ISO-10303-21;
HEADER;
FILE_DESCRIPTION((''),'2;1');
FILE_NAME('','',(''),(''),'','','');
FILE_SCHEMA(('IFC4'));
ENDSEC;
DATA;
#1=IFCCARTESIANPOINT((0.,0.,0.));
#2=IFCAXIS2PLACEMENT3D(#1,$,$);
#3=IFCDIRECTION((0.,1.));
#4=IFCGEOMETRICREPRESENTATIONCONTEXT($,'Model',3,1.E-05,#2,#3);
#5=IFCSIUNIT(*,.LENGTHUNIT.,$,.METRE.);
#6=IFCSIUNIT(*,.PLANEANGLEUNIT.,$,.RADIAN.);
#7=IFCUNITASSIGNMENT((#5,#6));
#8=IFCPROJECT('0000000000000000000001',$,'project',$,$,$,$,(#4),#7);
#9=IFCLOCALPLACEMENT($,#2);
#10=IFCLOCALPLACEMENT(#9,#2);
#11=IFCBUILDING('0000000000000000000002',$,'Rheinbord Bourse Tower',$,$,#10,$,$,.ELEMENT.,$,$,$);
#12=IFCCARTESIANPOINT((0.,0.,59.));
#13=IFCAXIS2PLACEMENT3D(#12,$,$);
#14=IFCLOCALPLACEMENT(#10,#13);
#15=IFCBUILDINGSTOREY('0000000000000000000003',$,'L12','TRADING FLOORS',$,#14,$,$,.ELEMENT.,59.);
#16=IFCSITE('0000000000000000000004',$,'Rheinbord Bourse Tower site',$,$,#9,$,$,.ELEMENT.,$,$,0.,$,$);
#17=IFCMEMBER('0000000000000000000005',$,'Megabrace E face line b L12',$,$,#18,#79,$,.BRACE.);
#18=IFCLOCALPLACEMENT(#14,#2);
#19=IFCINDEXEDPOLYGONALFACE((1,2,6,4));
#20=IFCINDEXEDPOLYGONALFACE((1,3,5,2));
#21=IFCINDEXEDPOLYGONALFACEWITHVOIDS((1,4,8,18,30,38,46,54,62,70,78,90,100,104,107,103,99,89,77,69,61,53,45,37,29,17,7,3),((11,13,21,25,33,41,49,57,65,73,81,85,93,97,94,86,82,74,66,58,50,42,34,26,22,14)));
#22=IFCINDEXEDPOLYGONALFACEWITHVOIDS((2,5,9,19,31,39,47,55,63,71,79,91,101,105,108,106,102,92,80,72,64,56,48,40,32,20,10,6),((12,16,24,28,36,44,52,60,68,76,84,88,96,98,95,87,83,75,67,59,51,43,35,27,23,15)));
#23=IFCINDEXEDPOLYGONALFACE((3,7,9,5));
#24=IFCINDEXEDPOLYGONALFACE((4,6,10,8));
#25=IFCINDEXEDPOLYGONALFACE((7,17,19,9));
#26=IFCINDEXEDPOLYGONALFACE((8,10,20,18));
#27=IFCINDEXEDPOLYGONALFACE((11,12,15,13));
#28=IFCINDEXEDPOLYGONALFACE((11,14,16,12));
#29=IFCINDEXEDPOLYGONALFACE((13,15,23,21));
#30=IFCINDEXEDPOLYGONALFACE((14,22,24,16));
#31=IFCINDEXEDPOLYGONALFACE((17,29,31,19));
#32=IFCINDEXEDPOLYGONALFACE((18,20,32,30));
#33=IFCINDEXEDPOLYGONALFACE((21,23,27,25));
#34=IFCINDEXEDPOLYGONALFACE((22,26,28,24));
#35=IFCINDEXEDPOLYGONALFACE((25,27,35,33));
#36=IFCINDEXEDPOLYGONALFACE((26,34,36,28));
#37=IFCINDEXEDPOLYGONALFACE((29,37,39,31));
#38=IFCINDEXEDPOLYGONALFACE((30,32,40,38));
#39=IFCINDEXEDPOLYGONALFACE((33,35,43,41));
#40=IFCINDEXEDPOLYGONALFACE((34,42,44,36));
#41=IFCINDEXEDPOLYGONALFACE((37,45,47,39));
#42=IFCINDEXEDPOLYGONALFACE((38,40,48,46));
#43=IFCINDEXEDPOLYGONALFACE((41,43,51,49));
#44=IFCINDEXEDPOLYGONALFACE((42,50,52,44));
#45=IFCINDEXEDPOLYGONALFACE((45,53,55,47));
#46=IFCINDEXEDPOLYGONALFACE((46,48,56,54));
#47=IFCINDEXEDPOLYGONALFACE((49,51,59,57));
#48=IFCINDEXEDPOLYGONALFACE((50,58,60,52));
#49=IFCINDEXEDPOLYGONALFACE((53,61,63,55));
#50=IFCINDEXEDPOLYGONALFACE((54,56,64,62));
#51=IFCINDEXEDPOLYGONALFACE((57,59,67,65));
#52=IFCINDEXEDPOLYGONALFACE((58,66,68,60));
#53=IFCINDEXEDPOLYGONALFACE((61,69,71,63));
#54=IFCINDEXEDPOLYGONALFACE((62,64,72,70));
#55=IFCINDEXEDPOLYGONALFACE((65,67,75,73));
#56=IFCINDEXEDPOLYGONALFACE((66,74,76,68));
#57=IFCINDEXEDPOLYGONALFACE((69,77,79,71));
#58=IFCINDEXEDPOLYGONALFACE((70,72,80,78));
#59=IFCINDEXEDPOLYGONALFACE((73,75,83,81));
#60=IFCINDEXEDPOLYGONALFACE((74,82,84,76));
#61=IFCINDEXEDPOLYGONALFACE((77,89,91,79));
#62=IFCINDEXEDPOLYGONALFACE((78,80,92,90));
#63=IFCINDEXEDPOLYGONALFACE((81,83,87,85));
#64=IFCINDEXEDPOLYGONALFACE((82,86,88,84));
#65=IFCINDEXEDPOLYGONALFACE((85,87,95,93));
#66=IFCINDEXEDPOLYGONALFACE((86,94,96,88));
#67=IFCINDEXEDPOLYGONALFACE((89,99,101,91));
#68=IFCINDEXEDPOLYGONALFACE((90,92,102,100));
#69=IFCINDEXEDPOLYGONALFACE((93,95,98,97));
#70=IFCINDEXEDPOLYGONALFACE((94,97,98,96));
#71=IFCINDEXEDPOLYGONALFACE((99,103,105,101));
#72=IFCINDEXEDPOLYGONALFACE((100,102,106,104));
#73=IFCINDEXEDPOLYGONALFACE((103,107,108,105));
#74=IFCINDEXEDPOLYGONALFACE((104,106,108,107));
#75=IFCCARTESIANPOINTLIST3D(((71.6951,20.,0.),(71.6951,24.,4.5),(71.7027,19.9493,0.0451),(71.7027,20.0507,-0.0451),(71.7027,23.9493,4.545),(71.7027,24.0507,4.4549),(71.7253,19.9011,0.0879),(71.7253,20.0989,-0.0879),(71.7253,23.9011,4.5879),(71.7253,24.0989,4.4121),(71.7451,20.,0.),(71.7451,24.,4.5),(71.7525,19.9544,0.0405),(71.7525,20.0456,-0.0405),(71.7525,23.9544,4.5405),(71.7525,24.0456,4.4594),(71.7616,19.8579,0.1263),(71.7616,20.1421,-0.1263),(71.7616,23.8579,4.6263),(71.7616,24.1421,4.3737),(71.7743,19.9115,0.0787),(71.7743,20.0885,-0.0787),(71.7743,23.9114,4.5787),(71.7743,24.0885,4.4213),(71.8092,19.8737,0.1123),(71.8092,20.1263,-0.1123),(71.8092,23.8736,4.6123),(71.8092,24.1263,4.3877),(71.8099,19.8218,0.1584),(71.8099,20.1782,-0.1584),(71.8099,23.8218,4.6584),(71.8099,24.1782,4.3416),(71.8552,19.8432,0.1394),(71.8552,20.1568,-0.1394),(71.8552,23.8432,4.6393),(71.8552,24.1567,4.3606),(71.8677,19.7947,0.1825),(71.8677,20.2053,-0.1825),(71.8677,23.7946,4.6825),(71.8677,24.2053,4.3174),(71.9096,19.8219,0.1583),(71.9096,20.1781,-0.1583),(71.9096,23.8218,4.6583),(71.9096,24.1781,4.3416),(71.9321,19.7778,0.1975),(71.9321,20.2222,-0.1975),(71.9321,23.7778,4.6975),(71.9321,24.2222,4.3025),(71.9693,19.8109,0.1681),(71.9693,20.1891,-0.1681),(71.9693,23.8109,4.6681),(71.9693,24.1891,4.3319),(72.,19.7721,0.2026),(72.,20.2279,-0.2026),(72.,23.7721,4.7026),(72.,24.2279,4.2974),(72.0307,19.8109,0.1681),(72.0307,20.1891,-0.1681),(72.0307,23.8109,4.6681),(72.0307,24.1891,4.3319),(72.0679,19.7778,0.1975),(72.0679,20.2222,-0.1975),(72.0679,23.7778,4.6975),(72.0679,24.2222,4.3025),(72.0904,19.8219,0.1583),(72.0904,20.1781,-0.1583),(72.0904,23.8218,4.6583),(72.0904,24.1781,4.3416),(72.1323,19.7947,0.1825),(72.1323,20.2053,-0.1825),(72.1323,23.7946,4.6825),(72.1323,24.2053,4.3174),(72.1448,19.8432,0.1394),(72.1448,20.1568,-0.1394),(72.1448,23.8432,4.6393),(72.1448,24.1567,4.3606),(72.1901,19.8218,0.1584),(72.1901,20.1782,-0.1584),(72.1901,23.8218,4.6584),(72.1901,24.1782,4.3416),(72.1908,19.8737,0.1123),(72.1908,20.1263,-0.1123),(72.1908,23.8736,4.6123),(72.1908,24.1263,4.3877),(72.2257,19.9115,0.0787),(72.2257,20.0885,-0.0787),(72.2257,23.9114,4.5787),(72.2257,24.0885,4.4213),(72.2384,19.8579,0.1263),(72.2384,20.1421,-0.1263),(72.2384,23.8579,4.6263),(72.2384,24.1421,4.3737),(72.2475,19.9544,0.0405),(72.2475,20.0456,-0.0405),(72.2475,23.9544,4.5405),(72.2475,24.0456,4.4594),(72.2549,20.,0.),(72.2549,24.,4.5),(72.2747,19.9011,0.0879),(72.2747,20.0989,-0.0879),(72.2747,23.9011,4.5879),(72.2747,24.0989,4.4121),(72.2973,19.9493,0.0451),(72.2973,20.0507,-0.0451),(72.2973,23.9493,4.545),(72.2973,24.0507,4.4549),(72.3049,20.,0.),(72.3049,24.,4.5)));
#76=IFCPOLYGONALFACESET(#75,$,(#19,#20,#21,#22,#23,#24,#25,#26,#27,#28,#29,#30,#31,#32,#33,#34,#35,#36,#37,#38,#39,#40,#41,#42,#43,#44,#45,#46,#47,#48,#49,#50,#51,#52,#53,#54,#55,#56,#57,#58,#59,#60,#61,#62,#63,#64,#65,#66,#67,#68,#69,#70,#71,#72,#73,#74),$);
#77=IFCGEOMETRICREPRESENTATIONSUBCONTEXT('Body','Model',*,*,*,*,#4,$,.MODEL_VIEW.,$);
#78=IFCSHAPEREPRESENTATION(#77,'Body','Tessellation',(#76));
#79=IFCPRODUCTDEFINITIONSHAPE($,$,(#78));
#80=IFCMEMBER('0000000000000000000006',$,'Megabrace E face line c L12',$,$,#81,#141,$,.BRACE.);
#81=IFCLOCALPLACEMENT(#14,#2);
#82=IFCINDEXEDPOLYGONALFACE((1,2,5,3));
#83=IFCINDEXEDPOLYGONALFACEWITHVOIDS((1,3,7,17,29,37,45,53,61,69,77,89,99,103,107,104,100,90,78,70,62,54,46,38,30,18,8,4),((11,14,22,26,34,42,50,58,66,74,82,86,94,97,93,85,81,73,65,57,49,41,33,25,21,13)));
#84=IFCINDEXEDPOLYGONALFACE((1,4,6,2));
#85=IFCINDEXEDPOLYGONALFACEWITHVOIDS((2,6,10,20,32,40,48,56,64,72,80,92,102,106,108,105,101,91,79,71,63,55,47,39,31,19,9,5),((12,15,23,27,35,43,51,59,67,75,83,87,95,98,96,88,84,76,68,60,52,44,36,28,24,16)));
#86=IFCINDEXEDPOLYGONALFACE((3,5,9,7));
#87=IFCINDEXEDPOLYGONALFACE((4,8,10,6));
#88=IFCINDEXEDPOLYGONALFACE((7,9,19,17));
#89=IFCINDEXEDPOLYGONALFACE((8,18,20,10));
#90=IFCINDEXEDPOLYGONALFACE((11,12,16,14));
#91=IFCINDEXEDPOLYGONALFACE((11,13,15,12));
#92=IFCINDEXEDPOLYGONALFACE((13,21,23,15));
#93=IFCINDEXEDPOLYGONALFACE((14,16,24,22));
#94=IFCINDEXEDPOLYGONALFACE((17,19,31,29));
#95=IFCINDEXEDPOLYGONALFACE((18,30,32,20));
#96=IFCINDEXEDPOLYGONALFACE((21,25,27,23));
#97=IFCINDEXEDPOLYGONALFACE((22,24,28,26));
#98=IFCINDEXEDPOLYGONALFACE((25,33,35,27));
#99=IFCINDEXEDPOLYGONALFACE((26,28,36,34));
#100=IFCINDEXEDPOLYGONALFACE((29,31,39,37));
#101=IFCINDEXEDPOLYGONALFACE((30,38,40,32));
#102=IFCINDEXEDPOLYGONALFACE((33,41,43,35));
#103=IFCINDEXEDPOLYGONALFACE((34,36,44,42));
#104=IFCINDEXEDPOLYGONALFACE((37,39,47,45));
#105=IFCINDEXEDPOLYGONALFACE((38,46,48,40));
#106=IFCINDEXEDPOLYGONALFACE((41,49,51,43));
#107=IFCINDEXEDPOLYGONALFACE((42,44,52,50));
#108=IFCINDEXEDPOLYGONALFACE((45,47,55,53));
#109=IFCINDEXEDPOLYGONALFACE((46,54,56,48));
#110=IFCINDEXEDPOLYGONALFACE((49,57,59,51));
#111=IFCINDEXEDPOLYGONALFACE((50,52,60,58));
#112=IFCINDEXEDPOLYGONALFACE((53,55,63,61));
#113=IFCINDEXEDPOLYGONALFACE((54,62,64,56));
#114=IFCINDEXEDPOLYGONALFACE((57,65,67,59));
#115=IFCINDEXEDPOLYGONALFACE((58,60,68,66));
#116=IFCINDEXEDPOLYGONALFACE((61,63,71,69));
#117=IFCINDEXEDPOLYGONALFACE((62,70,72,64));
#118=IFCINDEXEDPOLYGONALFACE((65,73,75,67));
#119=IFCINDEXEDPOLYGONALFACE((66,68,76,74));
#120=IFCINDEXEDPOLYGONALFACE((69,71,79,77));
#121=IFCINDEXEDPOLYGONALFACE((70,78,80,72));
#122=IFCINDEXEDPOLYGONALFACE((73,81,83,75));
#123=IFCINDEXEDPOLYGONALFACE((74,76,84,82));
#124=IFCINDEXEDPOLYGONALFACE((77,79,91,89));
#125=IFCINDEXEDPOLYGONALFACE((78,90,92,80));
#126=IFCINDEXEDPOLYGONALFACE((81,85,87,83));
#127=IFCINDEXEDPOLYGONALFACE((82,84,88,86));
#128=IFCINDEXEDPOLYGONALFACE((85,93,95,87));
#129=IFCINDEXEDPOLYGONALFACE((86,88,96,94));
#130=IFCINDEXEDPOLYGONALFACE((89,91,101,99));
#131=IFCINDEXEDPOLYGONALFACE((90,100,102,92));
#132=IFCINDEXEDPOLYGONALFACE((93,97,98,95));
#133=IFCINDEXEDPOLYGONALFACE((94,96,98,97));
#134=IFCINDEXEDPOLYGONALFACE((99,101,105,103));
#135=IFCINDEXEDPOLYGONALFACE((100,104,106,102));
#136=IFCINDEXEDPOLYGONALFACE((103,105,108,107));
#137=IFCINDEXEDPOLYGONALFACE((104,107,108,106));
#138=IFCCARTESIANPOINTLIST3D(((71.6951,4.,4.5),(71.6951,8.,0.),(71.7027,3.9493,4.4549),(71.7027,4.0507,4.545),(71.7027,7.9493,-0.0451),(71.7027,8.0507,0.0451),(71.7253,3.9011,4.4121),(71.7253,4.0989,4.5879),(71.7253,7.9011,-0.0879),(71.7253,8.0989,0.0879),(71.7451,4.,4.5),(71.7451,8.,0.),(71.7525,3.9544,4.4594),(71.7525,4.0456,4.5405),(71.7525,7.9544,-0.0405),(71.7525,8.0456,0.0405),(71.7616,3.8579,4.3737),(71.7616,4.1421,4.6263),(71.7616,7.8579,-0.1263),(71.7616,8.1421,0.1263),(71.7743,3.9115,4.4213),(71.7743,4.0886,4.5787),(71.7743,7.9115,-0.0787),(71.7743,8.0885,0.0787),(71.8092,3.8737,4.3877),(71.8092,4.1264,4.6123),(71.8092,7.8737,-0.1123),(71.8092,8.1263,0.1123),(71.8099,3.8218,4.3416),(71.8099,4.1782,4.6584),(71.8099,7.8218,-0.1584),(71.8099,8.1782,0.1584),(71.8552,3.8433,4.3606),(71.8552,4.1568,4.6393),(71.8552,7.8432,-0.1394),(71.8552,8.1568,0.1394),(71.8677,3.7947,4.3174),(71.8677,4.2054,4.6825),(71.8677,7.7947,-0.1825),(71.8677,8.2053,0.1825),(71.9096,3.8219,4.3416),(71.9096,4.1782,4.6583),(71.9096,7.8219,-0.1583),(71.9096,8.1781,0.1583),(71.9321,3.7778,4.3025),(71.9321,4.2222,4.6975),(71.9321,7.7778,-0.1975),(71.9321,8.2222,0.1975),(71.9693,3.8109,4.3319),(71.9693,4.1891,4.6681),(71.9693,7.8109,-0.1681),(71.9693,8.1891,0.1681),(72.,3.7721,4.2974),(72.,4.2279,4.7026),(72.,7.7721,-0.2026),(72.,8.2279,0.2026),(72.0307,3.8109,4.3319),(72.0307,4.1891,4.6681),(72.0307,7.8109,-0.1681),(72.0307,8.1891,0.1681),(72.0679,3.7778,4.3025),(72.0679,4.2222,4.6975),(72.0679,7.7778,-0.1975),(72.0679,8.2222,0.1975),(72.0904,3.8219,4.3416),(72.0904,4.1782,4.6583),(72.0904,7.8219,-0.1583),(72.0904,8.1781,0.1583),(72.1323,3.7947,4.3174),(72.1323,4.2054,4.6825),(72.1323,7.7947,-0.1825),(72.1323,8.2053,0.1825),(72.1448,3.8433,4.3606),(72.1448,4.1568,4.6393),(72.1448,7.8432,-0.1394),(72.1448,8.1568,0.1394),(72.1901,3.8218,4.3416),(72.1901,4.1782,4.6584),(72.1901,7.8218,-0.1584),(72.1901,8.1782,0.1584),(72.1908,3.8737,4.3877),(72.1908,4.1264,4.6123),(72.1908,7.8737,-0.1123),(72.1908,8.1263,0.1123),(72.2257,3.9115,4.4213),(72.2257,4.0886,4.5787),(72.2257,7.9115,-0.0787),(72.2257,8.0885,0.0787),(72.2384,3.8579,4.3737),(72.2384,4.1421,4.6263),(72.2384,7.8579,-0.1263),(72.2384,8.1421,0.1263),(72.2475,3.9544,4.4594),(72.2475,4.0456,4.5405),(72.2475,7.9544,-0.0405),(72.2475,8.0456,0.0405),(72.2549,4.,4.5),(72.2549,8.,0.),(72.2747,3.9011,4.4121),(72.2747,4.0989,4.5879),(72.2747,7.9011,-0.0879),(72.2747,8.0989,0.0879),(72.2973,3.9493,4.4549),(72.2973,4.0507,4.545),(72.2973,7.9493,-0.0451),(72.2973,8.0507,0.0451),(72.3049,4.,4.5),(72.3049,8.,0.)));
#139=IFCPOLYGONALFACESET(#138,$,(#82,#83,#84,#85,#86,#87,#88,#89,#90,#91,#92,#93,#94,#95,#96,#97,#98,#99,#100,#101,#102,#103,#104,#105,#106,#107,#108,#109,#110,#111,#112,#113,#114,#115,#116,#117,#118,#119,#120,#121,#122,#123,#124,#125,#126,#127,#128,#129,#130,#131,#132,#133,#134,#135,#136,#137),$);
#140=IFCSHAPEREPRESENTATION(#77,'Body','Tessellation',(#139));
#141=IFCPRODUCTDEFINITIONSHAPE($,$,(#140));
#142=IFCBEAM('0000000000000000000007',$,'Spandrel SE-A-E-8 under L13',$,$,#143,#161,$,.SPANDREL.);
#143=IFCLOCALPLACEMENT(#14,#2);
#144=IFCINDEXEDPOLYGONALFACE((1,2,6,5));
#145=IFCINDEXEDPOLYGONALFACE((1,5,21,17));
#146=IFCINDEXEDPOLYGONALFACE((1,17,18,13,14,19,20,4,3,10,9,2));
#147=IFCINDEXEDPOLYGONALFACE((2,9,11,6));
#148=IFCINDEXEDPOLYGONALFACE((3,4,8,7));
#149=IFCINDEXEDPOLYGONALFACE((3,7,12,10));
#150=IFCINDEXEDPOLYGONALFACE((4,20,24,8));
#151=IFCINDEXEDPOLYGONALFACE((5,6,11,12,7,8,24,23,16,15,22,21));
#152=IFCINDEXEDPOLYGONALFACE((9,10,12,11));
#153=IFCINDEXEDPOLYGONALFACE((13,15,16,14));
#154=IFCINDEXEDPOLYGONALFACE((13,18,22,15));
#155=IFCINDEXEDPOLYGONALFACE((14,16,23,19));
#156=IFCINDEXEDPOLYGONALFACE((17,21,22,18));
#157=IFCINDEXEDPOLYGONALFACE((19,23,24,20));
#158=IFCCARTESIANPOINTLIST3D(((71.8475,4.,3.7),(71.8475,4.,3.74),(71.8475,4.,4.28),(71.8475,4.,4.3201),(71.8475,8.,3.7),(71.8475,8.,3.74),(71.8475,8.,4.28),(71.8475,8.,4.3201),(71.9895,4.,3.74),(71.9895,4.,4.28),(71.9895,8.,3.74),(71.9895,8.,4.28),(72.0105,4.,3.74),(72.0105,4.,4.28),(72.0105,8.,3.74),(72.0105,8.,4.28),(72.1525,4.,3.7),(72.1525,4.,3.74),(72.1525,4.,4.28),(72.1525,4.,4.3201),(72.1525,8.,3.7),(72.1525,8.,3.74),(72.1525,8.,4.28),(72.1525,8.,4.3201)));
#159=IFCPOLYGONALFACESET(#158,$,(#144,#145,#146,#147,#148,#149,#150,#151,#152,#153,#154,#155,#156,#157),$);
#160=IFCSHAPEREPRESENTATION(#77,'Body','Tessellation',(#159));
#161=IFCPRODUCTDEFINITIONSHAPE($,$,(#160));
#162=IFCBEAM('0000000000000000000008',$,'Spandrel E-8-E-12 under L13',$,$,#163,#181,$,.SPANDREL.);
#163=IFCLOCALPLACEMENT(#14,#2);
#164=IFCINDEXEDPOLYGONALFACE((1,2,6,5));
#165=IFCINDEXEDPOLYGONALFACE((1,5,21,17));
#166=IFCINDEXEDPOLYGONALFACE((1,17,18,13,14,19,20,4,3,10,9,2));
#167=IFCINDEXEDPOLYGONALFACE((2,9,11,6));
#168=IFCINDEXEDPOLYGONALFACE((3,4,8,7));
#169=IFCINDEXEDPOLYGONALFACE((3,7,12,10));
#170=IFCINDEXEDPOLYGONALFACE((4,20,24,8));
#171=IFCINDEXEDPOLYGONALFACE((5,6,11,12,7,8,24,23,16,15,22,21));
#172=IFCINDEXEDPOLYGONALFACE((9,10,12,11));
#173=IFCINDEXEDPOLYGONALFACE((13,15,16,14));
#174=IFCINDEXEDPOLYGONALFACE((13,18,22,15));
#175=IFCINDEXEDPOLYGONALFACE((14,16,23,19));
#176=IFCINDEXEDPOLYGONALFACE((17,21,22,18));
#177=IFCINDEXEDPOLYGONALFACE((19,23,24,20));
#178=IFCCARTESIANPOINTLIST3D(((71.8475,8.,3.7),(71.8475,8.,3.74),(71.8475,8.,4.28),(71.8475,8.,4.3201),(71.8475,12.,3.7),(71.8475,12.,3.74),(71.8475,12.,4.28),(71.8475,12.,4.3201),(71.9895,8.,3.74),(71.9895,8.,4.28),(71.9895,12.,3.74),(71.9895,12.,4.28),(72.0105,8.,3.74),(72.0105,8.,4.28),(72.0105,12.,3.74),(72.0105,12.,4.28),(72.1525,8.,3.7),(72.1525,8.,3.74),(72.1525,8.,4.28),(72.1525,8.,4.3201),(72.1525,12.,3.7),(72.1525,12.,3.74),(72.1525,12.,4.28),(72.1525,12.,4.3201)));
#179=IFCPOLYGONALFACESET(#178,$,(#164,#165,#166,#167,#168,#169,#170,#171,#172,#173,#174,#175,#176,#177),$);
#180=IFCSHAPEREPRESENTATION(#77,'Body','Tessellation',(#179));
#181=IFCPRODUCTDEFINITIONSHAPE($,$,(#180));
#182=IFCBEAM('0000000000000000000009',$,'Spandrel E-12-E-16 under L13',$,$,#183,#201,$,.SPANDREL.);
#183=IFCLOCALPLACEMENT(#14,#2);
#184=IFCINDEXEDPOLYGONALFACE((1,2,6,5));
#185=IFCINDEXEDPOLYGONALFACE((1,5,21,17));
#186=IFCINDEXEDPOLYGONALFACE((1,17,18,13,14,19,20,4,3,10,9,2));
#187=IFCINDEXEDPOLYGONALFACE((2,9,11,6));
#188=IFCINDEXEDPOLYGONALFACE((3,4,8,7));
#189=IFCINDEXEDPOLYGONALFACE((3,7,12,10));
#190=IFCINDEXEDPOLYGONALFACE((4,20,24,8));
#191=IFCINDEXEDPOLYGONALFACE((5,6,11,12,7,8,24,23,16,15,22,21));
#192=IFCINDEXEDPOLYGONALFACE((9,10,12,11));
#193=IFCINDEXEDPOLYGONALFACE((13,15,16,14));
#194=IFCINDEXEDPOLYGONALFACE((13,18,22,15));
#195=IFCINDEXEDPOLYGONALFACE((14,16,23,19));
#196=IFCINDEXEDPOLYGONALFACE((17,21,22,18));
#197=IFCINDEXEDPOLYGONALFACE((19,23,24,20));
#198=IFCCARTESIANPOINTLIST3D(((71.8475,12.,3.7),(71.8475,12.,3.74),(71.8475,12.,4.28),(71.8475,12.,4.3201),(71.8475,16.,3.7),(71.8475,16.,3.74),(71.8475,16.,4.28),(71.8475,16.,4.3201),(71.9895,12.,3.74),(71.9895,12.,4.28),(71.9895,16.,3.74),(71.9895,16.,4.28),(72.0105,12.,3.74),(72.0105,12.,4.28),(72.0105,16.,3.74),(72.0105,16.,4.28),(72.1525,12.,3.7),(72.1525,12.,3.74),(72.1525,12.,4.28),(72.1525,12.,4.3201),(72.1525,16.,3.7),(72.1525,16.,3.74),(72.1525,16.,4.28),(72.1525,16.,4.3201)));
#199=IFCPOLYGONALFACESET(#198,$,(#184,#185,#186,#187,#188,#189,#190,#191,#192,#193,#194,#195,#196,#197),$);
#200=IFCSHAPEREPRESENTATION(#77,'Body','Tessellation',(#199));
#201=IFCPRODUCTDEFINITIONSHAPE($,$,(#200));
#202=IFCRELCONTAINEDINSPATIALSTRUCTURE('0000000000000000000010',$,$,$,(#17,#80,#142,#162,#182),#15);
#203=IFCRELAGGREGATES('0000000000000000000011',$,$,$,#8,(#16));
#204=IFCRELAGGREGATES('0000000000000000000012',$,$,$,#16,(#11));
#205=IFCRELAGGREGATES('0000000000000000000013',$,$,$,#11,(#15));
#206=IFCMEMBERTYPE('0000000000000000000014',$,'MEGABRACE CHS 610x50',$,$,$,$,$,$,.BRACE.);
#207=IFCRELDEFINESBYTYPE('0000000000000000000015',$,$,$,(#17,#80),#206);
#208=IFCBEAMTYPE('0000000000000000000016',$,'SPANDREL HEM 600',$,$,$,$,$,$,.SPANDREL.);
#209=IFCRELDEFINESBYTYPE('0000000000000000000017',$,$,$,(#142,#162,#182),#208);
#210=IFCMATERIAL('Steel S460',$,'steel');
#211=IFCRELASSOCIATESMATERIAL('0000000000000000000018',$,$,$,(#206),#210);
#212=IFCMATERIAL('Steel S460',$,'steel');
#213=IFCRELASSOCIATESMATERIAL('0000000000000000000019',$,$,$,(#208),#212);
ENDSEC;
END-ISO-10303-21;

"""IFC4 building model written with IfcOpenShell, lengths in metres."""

from ifc_helpers import new_model, si_unit, direction, frame, origin, origin_2d, place, context, subcontext, project, spatial, hollow_circle, i_section, extrude, material, material_profile, profile_set, type_object, element, save


model = new_model("IFC4")

# Units and contexts
model_context = context("Model", 3, precision=1e-05, world=origin(), true_north=direction((0.0, 1.0)))
body_context = subcontext(model_context, "Body", "Model", "MODEL_VIEW")
ifc_project = project(units=[si_unit("LENGTHUNIT", "METRE"), si_unit("PLANEANGLEUNIT", "RADIAN")], contexts=[model_context])

# Site, building, storey
site_placement = place(None, origin())
site = spatial("IfcSite", under=ifc_project, at=site_placement, Name="Rheinbord Bourse Tower site", CompositionType="ELEMENT", RefElevation=0.0)
building_placement = place(site_placement, origin())
building = spatial("IfcBuilding", under=site, at=building_placement, Name="Rheinbord Bourse Tower", CompositionType="ELEMENT")
storey_placement = place(building_placement, frame((0.0, 0.0, 59.0)))
storey = spatial("IfcBuildingStorey", under=building, at=storey_placement, Name="L12", Description="TRADING FLOORS", CompositionType="ELEMENT", Elevation=59.0)

# Members
ifc_material_1 = material(Name="Steel S460", Category="steel")
ifc_material_profile_1 = material_profile(ifc_material_1, hollow_circle(Radius=0.3049, WallThickness=0.05, at=origin_2d()), Name="CHS 610x50")
ifc_profile_set_1 = profile_set([ifc_material_profile_1], Name="Steel S460")
member_type_1 = type_object("IfcMemberType", Name="MEGABRACE CHS 610x50", PredefinedType="BRACE", material=ifc_profile_set_1)
for number, where, z_axis, x_axis, name in (
    (1, (72.0, 20.0, 0.0), (0.0, 0.664364, 0.747409), (-1.0, 0.0, 0.0), "Megabrace E face line b L12"),
    (2, (72.0, 8.0, 0.0), (0.0, -0.664364, 0.747409), (1.0, 0.0, 0.0), "Megabrace E face line c L12"),
):
    element("IfcMember", number, at=place(storey_placement, frame(where, z_axis=z_axis, x_axis=x_axis)), inside=storey, type_object=member_type_1, Name=name, PredefinedType="BRACE", context=body_context, shape_type="SweptSolid", body=[
        extrude(hollow_circle(Radius=0.3049, WallThickness=0.05, at=origin_2d()), origin(), (0.0, 0.0, 1.0), 6.0208),
    ])

# Beams
ifc_material_2 = material(Name="Steel S460", Category="steel")
ifc_material_profile_2 = material_profile(ifc_material_2, i_section(OverallWidth=0.3049, OverallDepth=0.6201, WebThickness=0.021, FlangeThickness=0.04, at=origin_2d()), Name="HEM 600")
ifc_profile_set_2 = profile_set([ifc_material_profile_2], Name="Steel S460")
beam_type_1 = type_object("IfcBeamType", Name="SPANDREL HEM 600", PredefinedType="SPANDREL", material=ifc_profile_set_2)
for number, where, z_axis, x_axis, name in (
    (3, (72.0, 4.0, 4.01), (0.0, 1.0, 0.0), (-1.0, 0.0, 0.0), "Spandrel SE-A-E-8 under L13"),
    (4, (72.0, 8.0, 4.01), (0.0, 1.0, 0.0), (-1.0, 0.0, 0.0), "Spandrel E-8-E-12 under L13"),
    (5, (72.0, 12.0, 4.01), (0.0, 1.0, 0.0), (-1.0, 0.0, 0.0), "Spandrel E-12-E-16 under L13"),
):
    element("IfcBeam", number, at=place(storey_placement, frame(where, z_axis=z_axis, x_axis=x_axis)), inside=storey, type_object=beam_type_1, Name=name, PredefinedType="SPANDREL", context=body_context, shape_type="SweptSolid", body=[
        extrude(i_section(OverallWidth=0.3049, OverallDepth=0.6201, WebThickness=0.021, FlangeThickness=0.04, at=origin_2d()), origin(), (0.0, 0.0, 1.0), 4.0),
    ])

save(model, "model.ifc")
